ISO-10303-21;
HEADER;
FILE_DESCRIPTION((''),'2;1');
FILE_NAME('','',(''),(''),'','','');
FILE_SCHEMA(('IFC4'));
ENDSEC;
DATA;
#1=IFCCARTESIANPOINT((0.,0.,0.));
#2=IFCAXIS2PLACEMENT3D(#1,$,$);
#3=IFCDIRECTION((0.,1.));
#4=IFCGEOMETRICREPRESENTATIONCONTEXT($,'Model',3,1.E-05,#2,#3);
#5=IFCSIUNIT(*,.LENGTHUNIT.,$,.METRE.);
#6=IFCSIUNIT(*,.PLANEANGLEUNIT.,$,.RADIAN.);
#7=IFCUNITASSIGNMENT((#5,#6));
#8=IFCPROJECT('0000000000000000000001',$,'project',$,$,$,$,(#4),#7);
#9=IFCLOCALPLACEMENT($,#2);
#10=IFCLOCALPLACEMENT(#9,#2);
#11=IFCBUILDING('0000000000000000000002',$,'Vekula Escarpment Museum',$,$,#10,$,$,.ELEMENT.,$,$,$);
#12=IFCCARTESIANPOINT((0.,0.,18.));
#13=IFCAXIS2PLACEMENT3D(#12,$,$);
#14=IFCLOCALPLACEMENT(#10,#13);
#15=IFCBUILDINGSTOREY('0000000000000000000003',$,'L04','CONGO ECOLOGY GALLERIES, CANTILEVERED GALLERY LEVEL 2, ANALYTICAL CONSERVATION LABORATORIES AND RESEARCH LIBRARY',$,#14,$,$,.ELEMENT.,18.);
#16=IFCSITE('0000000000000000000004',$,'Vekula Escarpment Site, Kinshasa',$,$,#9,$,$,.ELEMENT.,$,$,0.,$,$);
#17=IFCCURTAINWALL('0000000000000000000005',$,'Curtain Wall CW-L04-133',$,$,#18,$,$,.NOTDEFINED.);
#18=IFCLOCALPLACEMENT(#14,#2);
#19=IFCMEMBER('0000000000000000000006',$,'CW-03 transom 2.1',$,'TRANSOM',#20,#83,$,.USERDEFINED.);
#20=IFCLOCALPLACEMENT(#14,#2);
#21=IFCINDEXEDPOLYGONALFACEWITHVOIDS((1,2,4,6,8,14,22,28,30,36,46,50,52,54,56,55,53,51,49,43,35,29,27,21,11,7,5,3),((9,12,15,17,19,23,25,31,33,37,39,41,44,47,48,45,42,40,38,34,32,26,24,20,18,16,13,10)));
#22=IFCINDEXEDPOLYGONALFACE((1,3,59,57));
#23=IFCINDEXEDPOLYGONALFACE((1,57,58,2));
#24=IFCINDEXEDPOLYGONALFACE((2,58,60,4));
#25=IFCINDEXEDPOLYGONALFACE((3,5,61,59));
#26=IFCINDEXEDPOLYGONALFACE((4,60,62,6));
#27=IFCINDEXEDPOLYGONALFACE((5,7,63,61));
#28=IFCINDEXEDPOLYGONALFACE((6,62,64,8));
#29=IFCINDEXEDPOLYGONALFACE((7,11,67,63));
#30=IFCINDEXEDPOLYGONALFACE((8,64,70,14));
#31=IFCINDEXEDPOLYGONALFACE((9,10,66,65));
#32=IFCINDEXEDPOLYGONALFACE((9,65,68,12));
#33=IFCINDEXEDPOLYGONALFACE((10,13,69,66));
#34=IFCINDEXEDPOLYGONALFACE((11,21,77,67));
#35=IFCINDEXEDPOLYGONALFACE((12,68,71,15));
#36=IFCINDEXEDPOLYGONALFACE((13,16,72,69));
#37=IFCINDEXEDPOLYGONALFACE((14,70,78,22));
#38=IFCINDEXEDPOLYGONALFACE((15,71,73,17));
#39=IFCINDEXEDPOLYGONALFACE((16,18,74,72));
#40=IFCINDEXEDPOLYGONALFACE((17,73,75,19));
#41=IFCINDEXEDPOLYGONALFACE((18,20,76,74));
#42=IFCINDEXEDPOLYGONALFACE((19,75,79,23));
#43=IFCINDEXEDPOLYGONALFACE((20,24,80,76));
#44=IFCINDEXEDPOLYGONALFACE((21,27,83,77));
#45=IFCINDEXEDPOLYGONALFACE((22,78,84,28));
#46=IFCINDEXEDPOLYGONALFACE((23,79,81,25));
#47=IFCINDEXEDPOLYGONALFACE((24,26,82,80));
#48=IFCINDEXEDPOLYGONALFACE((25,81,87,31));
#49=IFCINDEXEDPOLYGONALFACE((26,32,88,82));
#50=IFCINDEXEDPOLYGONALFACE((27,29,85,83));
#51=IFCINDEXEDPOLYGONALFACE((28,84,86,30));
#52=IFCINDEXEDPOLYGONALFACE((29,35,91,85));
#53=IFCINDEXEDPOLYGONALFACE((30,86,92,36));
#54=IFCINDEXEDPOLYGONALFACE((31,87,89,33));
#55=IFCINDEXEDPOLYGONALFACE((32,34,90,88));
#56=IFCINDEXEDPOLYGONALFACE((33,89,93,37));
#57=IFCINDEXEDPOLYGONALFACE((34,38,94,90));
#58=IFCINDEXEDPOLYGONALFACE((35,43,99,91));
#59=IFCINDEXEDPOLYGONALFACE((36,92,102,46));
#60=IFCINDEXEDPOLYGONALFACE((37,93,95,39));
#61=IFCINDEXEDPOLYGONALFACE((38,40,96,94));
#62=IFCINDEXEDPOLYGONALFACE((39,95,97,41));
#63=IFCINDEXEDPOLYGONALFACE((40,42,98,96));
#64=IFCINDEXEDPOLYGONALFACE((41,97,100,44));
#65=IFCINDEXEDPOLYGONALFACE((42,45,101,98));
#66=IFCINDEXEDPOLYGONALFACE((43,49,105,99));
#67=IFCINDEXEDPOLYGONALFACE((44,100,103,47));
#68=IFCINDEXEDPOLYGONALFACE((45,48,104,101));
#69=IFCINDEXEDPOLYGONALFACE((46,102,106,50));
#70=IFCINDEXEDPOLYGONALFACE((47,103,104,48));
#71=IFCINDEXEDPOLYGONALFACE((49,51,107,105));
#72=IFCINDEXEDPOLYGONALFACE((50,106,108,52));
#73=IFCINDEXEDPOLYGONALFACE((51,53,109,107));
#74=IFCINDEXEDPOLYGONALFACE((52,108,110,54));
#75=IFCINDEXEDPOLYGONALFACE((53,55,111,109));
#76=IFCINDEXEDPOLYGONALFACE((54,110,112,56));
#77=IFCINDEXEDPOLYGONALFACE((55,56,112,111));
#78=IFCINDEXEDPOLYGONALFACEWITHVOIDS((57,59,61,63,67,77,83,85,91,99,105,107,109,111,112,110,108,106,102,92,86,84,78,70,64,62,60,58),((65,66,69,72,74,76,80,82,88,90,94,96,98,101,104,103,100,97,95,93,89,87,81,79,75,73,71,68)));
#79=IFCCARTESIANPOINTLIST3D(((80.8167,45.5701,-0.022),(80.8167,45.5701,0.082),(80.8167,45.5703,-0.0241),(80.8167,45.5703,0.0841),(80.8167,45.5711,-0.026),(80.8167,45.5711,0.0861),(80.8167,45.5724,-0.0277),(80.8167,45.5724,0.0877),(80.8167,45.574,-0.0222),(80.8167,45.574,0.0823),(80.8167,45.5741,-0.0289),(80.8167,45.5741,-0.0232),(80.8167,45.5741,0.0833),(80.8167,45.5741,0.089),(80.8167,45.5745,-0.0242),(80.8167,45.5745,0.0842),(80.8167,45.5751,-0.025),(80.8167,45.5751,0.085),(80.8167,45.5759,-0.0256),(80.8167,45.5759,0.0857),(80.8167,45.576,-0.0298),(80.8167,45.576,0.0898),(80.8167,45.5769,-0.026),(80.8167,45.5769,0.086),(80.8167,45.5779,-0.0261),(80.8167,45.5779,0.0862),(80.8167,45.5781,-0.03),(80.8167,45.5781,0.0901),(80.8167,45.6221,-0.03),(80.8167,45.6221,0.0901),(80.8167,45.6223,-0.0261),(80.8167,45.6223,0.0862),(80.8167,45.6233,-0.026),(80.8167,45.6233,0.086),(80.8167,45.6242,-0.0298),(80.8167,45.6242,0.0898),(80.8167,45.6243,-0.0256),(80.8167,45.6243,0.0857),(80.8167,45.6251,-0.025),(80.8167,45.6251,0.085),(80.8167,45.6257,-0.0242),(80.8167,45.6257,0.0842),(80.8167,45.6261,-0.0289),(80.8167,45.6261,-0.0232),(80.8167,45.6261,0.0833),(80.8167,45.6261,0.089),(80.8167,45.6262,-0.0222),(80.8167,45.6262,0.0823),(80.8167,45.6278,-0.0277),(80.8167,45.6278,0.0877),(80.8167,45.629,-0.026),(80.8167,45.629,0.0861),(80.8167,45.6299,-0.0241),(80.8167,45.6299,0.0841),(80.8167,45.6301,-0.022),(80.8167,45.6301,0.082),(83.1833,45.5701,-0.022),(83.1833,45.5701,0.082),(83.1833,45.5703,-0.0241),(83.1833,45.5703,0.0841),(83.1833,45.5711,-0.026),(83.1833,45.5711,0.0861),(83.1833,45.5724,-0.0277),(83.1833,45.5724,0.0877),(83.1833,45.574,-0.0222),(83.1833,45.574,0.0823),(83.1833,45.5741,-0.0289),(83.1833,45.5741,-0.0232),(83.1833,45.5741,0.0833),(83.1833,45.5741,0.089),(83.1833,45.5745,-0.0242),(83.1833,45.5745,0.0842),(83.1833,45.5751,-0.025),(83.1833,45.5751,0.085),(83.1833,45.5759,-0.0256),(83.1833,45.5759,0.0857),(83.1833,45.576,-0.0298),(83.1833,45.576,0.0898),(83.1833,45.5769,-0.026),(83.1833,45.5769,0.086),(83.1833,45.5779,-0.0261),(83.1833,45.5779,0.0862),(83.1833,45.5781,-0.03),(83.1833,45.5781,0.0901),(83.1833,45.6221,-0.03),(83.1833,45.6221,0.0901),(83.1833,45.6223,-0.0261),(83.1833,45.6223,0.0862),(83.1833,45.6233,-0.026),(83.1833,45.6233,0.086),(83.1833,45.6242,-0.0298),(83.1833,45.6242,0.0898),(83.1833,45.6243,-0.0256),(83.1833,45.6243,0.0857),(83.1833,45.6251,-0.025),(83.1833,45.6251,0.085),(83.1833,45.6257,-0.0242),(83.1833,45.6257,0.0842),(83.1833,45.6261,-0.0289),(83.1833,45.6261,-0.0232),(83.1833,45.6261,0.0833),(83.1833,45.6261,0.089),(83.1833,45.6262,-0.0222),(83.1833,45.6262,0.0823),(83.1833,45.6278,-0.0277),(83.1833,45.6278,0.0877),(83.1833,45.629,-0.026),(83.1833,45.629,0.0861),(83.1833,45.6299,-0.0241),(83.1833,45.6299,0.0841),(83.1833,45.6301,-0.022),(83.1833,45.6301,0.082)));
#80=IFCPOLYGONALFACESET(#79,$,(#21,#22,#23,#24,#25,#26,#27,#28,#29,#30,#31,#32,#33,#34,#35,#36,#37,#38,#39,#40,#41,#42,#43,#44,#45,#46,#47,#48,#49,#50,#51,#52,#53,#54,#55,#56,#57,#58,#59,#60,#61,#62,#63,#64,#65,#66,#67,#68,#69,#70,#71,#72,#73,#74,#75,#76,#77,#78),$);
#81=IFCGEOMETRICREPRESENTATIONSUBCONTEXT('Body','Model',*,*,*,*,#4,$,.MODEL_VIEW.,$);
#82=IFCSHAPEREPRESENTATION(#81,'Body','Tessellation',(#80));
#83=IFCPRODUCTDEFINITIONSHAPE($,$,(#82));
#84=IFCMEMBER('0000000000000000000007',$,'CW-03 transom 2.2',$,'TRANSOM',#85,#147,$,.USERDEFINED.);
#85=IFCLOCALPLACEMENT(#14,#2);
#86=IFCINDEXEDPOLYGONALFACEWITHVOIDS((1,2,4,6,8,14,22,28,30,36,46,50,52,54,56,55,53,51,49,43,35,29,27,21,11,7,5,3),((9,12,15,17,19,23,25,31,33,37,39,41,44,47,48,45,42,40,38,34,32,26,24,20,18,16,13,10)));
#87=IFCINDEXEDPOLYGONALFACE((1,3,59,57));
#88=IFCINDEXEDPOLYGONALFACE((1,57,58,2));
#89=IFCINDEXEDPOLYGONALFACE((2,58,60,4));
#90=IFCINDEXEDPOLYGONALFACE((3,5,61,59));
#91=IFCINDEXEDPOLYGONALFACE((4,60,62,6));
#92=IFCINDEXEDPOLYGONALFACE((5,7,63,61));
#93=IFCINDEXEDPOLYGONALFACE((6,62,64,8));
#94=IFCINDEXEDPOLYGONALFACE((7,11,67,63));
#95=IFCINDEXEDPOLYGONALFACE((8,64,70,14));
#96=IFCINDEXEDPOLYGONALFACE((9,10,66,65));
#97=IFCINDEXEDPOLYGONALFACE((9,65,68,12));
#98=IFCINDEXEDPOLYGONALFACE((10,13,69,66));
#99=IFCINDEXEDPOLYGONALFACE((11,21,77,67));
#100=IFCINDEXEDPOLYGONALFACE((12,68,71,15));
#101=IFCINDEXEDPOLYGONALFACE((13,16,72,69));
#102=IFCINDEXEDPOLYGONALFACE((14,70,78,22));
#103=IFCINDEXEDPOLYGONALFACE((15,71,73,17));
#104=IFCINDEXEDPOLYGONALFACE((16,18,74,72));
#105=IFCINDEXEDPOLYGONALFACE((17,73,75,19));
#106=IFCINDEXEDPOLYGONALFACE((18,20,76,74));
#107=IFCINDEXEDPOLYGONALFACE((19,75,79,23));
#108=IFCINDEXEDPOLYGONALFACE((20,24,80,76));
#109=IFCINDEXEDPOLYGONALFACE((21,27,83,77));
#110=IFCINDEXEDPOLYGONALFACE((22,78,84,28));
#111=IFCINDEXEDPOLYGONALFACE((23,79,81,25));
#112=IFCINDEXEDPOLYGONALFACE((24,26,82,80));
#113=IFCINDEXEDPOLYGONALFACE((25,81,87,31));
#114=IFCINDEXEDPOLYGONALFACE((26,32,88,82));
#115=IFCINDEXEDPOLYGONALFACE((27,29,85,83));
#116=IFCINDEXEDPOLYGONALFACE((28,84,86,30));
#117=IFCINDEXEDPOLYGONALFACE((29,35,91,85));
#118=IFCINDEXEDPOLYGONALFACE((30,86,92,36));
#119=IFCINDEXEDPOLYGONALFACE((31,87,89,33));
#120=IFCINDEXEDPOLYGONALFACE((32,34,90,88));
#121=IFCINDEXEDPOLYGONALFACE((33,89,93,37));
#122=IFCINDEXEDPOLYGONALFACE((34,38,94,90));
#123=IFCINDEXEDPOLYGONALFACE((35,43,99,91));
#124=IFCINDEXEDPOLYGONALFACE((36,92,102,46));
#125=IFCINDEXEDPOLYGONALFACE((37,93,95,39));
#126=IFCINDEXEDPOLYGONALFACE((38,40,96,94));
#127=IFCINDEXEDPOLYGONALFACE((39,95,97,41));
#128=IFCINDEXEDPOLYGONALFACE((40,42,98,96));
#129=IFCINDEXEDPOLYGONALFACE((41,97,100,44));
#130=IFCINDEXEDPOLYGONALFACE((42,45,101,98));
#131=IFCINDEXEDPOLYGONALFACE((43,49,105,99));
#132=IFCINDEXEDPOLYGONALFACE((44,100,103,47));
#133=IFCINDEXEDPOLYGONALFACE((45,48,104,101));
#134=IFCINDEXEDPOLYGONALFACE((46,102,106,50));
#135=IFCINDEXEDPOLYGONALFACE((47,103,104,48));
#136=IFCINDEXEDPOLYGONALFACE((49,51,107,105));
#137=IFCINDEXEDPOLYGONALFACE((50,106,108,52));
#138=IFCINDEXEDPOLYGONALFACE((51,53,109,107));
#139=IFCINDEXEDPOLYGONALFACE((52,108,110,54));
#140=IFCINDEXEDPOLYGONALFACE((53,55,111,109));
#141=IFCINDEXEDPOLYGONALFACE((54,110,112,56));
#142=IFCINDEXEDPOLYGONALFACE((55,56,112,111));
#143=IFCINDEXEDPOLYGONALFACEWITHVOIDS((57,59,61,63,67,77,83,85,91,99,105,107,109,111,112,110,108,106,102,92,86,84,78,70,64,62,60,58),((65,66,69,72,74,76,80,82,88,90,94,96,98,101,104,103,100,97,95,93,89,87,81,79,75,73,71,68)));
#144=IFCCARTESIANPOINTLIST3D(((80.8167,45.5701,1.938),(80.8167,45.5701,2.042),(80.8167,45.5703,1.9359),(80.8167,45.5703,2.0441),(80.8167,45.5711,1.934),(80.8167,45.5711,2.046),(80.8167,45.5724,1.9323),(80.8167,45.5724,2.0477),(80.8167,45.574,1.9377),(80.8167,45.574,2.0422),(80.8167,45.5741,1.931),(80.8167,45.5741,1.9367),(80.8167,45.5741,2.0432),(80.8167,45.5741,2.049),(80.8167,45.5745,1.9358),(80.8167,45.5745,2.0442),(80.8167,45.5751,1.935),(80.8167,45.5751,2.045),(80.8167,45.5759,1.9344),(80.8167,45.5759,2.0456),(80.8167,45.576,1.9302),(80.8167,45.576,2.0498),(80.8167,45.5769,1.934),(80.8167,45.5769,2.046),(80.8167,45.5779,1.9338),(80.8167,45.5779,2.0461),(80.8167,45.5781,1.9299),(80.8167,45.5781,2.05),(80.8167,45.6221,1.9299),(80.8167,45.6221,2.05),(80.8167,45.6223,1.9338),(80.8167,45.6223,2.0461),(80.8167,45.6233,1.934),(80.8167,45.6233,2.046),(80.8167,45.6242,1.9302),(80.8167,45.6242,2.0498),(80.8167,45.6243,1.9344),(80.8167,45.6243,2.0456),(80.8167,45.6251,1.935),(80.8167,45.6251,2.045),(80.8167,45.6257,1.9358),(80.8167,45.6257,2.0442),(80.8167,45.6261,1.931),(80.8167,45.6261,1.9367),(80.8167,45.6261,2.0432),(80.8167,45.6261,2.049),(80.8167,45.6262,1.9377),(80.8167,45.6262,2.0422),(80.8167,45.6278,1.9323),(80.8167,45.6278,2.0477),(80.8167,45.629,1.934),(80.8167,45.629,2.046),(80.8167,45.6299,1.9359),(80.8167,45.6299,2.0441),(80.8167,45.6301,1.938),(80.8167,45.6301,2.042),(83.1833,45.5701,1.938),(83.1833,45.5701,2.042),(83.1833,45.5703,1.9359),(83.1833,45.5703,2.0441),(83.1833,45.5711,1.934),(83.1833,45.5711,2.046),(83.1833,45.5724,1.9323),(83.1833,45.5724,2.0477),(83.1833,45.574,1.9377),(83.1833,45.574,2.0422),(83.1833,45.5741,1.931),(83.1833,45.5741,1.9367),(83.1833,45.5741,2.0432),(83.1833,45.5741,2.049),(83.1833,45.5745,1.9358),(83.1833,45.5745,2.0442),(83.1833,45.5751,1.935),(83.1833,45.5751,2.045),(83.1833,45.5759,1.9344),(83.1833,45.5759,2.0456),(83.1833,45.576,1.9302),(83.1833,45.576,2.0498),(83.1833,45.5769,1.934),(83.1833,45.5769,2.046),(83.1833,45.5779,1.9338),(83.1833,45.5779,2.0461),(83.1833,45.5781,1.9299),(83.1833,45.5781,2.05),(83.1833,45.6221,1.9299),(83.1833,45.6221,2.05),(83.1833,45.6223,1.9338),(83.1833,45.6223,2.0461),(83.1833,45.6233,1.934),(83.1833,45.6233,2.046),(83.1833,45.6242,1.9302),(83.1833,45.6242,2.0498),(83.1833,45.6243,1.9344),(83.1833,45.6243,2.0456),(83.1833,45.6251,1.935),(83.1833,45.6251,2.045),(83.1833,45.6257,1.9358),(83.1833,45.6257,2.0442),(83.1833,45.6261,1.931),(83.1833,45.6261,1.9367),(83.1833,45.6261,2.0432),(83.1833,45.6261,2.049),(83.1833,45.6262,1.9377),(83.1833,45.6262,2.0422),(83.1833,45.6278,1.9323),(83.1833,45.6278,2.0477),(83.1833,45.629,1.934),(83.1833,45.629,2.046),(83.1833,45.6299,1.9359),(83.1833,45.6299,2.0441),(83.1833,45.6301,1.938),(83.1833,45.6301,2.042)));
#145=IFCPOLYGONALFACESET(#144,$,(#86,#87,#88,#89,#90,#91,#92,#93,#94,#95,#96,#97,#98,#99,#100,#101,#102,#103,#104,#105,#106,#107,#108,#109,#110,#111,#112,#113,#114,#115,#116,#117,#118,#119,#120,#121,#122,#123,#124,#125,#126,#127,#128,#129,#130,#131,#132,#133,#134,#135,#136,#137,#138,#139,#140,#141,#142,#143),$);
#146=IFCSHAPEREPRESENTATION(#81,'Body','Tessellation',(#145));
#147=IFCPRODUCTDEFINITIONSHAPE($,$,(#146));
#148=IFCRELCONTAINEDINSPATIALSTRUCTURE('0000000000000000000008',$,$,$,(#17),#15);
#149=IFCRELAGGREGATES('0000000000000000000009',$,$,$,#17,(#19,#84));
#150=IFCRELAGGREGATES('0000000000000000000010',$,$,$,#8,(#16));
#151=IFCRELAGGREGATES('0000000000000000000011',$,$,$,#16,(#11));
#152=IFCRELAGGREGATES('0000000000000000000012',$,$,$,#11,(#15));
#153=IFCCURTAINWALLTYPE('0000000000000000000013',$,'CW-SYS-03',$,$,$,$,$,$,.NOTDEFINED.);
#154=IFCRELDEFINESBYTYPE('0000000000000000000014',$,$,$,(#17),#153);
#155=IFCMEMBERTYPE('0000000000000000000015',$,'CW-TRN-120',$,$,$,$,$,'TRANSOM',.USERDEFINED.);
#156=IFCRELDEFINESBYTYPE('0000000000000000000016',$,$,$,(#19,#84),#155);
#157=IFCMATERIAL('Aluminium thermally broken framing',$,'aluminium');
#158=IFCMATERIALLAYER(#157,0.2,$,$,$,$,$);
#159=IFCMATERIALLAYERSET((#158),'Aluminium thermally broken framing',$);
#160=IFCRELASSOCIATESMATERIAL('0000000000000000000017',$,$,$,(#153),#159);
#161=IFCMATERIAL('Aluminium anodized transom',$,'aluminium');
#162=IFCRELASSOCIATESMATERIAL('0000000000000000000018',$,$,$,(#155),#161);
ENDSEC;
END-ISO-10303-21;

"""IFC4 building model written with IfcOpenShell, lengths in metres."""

from ifc_helpers import new_model, si_unit, direction, frame, origin, origin_2d, place, context, subcontext, project, spatial, hollow_rectangle, extrude, material, layer, layer_set, material_profile, profile_set, type_object, element, aggregate, save


model = new_model("IFC4")

# Units and contexts
model_context = context("Model", 3, precision=1e-05, world=origin(), true_north=direction((0.0, 1.0)))
body_context = subcontext(model_context, "Body", "Model", "MODEL_VIEW")
ifc_project = project(units=[si_unit("LENGTHUNIT", "METRE"), si_unit("PLANEANGLEUNIT", "RADIAN")], contexts=[model_context])

# Site, building, storey
site_placement = place(None, origin())
site = spatial("IfcSite", under=ifc_project, at=site_placement, Name="Vekula Escarpment Site, Kinshasa", CompositionType="ELEMENT", RefElevation=0.0)
building_placement = place(site_placement, origin())
building = spatial("IfcBuilding", under=site, at=building_placement, Name="Vekula Escarpment Museum", CompositionType="ELEMENT")
storey_placement = place(building_placement, frame((0.0, 0.0, 18.0)))
storey = spatial("IfcBuildingStorey", under=building, at=storey_placement, Name="L04", Description="CONGO ECOLOGY GALLERIES, CANTILEVERED GALLERY LEVEL 2, ANALYTICAL CONSERVATION LABORATORIES AND RESEARCH LIBRARY", CompositionType="ELEMENT", Elevation=18.0)

# Curtain wall
ifc_material_1 = material(Name="Aluminium thermally broken framing", Category="aluminium")
ifc_layer_1 = layer(ifc_material_1, 0.2)
ifc_layer_set_1 = layer_set([ifc_layer_1], Name="Aluminium thermally broken framing")
curtain_wall_type_1 = type_object("IfcCurtainWallType", Name="CW-SYS-03", PredefinedType="NOTDEFINED", material=ifc_layer_set_1)
curtain_wall_1_placement = place(storey_placement, origin())
curtain_wall_1 = element("IfcCurtainWall", 1, at=curtain_wall_1_placement, inside=storey, type_object=curtain_wall_type_1, Name="Curtain Wall CW-L04-133", PredefinedType="NOTDEFINED")

# Members
ifc_material_2 = material(Name="Aluminium anodized transom", Category="aluminium")
ifc_material_profile_1 = material_profile(ifc_material_2, hollow_rectangle(XDim=0.0601, YDim=0.1201, WallThickness=0.0039, InnerFilletRadius=0.0039, OuterFilletRadius=0.0081, at=origin_2d()), Name="ALU 120x60x4")
ifc_profile_set_1 = profile_set([ifc_material_profile_1], Name="Aluminium anodized transom")
member_type_1 = type_object("IfcMemberType", Name="CW-TRN-120", ElementType="TRANSOM", PredefinedType="USERDEFINED", material=ifc_profile_set_1)
member_1_placement = place(storey_placement, frame((80.8167, 45.6001, 0.03), z_axis=(1.0, 0.0, 0.0), x_axis=(0.0, 1.0, 0.0)))
member_1 = element("IfcMember", 2, at=member_1_placement, type_object=member_type_1, Name="CW-03 transom 2.1", ObjectType="TRANSOM", PredefinedType="USERDEFINED", context=body_context, shape_type="SweptSolid", body=[
    extrude(hollow_rectangle(XDim=0.0601, YDim=0.1201, WallThickness=0.0039, InnerFilletRadius=0.0039, OuterFilletRadius=0.0081, at=origin_2d()), origin(), (0.0, 0.0, 1.0), 2.3667),
])
member_2_placement = place(storey_placement, frame((80.8167, 45.6001, 1.99), z_axis=(1.0, 0.0, 0.0), x_axis=(0.0, 1.0, 0.0)))
member_2 = element("IfcMember", 3, at=member_2_placement, type_object=member_type_1, Name="CW-03 transom 2.2", ObjectType="TRANSOM", PredefinedType="USERDEFINED", context=body_context, shape_type="SweptSolid", body=[
    extrude(hollow_rectangle(XDim=0.0601, YDim=0.1201, WallThickness=0.0039, InnerFilletRadius=0.0039, OuterFilletRadius=0.0081, at=origin_2d()), origin(), (0.0, 0.0, 1.0), 2.3667),
])

aggregate(curtain_wall_1, [member_1, member_2])

save(model, "model.ifc")
